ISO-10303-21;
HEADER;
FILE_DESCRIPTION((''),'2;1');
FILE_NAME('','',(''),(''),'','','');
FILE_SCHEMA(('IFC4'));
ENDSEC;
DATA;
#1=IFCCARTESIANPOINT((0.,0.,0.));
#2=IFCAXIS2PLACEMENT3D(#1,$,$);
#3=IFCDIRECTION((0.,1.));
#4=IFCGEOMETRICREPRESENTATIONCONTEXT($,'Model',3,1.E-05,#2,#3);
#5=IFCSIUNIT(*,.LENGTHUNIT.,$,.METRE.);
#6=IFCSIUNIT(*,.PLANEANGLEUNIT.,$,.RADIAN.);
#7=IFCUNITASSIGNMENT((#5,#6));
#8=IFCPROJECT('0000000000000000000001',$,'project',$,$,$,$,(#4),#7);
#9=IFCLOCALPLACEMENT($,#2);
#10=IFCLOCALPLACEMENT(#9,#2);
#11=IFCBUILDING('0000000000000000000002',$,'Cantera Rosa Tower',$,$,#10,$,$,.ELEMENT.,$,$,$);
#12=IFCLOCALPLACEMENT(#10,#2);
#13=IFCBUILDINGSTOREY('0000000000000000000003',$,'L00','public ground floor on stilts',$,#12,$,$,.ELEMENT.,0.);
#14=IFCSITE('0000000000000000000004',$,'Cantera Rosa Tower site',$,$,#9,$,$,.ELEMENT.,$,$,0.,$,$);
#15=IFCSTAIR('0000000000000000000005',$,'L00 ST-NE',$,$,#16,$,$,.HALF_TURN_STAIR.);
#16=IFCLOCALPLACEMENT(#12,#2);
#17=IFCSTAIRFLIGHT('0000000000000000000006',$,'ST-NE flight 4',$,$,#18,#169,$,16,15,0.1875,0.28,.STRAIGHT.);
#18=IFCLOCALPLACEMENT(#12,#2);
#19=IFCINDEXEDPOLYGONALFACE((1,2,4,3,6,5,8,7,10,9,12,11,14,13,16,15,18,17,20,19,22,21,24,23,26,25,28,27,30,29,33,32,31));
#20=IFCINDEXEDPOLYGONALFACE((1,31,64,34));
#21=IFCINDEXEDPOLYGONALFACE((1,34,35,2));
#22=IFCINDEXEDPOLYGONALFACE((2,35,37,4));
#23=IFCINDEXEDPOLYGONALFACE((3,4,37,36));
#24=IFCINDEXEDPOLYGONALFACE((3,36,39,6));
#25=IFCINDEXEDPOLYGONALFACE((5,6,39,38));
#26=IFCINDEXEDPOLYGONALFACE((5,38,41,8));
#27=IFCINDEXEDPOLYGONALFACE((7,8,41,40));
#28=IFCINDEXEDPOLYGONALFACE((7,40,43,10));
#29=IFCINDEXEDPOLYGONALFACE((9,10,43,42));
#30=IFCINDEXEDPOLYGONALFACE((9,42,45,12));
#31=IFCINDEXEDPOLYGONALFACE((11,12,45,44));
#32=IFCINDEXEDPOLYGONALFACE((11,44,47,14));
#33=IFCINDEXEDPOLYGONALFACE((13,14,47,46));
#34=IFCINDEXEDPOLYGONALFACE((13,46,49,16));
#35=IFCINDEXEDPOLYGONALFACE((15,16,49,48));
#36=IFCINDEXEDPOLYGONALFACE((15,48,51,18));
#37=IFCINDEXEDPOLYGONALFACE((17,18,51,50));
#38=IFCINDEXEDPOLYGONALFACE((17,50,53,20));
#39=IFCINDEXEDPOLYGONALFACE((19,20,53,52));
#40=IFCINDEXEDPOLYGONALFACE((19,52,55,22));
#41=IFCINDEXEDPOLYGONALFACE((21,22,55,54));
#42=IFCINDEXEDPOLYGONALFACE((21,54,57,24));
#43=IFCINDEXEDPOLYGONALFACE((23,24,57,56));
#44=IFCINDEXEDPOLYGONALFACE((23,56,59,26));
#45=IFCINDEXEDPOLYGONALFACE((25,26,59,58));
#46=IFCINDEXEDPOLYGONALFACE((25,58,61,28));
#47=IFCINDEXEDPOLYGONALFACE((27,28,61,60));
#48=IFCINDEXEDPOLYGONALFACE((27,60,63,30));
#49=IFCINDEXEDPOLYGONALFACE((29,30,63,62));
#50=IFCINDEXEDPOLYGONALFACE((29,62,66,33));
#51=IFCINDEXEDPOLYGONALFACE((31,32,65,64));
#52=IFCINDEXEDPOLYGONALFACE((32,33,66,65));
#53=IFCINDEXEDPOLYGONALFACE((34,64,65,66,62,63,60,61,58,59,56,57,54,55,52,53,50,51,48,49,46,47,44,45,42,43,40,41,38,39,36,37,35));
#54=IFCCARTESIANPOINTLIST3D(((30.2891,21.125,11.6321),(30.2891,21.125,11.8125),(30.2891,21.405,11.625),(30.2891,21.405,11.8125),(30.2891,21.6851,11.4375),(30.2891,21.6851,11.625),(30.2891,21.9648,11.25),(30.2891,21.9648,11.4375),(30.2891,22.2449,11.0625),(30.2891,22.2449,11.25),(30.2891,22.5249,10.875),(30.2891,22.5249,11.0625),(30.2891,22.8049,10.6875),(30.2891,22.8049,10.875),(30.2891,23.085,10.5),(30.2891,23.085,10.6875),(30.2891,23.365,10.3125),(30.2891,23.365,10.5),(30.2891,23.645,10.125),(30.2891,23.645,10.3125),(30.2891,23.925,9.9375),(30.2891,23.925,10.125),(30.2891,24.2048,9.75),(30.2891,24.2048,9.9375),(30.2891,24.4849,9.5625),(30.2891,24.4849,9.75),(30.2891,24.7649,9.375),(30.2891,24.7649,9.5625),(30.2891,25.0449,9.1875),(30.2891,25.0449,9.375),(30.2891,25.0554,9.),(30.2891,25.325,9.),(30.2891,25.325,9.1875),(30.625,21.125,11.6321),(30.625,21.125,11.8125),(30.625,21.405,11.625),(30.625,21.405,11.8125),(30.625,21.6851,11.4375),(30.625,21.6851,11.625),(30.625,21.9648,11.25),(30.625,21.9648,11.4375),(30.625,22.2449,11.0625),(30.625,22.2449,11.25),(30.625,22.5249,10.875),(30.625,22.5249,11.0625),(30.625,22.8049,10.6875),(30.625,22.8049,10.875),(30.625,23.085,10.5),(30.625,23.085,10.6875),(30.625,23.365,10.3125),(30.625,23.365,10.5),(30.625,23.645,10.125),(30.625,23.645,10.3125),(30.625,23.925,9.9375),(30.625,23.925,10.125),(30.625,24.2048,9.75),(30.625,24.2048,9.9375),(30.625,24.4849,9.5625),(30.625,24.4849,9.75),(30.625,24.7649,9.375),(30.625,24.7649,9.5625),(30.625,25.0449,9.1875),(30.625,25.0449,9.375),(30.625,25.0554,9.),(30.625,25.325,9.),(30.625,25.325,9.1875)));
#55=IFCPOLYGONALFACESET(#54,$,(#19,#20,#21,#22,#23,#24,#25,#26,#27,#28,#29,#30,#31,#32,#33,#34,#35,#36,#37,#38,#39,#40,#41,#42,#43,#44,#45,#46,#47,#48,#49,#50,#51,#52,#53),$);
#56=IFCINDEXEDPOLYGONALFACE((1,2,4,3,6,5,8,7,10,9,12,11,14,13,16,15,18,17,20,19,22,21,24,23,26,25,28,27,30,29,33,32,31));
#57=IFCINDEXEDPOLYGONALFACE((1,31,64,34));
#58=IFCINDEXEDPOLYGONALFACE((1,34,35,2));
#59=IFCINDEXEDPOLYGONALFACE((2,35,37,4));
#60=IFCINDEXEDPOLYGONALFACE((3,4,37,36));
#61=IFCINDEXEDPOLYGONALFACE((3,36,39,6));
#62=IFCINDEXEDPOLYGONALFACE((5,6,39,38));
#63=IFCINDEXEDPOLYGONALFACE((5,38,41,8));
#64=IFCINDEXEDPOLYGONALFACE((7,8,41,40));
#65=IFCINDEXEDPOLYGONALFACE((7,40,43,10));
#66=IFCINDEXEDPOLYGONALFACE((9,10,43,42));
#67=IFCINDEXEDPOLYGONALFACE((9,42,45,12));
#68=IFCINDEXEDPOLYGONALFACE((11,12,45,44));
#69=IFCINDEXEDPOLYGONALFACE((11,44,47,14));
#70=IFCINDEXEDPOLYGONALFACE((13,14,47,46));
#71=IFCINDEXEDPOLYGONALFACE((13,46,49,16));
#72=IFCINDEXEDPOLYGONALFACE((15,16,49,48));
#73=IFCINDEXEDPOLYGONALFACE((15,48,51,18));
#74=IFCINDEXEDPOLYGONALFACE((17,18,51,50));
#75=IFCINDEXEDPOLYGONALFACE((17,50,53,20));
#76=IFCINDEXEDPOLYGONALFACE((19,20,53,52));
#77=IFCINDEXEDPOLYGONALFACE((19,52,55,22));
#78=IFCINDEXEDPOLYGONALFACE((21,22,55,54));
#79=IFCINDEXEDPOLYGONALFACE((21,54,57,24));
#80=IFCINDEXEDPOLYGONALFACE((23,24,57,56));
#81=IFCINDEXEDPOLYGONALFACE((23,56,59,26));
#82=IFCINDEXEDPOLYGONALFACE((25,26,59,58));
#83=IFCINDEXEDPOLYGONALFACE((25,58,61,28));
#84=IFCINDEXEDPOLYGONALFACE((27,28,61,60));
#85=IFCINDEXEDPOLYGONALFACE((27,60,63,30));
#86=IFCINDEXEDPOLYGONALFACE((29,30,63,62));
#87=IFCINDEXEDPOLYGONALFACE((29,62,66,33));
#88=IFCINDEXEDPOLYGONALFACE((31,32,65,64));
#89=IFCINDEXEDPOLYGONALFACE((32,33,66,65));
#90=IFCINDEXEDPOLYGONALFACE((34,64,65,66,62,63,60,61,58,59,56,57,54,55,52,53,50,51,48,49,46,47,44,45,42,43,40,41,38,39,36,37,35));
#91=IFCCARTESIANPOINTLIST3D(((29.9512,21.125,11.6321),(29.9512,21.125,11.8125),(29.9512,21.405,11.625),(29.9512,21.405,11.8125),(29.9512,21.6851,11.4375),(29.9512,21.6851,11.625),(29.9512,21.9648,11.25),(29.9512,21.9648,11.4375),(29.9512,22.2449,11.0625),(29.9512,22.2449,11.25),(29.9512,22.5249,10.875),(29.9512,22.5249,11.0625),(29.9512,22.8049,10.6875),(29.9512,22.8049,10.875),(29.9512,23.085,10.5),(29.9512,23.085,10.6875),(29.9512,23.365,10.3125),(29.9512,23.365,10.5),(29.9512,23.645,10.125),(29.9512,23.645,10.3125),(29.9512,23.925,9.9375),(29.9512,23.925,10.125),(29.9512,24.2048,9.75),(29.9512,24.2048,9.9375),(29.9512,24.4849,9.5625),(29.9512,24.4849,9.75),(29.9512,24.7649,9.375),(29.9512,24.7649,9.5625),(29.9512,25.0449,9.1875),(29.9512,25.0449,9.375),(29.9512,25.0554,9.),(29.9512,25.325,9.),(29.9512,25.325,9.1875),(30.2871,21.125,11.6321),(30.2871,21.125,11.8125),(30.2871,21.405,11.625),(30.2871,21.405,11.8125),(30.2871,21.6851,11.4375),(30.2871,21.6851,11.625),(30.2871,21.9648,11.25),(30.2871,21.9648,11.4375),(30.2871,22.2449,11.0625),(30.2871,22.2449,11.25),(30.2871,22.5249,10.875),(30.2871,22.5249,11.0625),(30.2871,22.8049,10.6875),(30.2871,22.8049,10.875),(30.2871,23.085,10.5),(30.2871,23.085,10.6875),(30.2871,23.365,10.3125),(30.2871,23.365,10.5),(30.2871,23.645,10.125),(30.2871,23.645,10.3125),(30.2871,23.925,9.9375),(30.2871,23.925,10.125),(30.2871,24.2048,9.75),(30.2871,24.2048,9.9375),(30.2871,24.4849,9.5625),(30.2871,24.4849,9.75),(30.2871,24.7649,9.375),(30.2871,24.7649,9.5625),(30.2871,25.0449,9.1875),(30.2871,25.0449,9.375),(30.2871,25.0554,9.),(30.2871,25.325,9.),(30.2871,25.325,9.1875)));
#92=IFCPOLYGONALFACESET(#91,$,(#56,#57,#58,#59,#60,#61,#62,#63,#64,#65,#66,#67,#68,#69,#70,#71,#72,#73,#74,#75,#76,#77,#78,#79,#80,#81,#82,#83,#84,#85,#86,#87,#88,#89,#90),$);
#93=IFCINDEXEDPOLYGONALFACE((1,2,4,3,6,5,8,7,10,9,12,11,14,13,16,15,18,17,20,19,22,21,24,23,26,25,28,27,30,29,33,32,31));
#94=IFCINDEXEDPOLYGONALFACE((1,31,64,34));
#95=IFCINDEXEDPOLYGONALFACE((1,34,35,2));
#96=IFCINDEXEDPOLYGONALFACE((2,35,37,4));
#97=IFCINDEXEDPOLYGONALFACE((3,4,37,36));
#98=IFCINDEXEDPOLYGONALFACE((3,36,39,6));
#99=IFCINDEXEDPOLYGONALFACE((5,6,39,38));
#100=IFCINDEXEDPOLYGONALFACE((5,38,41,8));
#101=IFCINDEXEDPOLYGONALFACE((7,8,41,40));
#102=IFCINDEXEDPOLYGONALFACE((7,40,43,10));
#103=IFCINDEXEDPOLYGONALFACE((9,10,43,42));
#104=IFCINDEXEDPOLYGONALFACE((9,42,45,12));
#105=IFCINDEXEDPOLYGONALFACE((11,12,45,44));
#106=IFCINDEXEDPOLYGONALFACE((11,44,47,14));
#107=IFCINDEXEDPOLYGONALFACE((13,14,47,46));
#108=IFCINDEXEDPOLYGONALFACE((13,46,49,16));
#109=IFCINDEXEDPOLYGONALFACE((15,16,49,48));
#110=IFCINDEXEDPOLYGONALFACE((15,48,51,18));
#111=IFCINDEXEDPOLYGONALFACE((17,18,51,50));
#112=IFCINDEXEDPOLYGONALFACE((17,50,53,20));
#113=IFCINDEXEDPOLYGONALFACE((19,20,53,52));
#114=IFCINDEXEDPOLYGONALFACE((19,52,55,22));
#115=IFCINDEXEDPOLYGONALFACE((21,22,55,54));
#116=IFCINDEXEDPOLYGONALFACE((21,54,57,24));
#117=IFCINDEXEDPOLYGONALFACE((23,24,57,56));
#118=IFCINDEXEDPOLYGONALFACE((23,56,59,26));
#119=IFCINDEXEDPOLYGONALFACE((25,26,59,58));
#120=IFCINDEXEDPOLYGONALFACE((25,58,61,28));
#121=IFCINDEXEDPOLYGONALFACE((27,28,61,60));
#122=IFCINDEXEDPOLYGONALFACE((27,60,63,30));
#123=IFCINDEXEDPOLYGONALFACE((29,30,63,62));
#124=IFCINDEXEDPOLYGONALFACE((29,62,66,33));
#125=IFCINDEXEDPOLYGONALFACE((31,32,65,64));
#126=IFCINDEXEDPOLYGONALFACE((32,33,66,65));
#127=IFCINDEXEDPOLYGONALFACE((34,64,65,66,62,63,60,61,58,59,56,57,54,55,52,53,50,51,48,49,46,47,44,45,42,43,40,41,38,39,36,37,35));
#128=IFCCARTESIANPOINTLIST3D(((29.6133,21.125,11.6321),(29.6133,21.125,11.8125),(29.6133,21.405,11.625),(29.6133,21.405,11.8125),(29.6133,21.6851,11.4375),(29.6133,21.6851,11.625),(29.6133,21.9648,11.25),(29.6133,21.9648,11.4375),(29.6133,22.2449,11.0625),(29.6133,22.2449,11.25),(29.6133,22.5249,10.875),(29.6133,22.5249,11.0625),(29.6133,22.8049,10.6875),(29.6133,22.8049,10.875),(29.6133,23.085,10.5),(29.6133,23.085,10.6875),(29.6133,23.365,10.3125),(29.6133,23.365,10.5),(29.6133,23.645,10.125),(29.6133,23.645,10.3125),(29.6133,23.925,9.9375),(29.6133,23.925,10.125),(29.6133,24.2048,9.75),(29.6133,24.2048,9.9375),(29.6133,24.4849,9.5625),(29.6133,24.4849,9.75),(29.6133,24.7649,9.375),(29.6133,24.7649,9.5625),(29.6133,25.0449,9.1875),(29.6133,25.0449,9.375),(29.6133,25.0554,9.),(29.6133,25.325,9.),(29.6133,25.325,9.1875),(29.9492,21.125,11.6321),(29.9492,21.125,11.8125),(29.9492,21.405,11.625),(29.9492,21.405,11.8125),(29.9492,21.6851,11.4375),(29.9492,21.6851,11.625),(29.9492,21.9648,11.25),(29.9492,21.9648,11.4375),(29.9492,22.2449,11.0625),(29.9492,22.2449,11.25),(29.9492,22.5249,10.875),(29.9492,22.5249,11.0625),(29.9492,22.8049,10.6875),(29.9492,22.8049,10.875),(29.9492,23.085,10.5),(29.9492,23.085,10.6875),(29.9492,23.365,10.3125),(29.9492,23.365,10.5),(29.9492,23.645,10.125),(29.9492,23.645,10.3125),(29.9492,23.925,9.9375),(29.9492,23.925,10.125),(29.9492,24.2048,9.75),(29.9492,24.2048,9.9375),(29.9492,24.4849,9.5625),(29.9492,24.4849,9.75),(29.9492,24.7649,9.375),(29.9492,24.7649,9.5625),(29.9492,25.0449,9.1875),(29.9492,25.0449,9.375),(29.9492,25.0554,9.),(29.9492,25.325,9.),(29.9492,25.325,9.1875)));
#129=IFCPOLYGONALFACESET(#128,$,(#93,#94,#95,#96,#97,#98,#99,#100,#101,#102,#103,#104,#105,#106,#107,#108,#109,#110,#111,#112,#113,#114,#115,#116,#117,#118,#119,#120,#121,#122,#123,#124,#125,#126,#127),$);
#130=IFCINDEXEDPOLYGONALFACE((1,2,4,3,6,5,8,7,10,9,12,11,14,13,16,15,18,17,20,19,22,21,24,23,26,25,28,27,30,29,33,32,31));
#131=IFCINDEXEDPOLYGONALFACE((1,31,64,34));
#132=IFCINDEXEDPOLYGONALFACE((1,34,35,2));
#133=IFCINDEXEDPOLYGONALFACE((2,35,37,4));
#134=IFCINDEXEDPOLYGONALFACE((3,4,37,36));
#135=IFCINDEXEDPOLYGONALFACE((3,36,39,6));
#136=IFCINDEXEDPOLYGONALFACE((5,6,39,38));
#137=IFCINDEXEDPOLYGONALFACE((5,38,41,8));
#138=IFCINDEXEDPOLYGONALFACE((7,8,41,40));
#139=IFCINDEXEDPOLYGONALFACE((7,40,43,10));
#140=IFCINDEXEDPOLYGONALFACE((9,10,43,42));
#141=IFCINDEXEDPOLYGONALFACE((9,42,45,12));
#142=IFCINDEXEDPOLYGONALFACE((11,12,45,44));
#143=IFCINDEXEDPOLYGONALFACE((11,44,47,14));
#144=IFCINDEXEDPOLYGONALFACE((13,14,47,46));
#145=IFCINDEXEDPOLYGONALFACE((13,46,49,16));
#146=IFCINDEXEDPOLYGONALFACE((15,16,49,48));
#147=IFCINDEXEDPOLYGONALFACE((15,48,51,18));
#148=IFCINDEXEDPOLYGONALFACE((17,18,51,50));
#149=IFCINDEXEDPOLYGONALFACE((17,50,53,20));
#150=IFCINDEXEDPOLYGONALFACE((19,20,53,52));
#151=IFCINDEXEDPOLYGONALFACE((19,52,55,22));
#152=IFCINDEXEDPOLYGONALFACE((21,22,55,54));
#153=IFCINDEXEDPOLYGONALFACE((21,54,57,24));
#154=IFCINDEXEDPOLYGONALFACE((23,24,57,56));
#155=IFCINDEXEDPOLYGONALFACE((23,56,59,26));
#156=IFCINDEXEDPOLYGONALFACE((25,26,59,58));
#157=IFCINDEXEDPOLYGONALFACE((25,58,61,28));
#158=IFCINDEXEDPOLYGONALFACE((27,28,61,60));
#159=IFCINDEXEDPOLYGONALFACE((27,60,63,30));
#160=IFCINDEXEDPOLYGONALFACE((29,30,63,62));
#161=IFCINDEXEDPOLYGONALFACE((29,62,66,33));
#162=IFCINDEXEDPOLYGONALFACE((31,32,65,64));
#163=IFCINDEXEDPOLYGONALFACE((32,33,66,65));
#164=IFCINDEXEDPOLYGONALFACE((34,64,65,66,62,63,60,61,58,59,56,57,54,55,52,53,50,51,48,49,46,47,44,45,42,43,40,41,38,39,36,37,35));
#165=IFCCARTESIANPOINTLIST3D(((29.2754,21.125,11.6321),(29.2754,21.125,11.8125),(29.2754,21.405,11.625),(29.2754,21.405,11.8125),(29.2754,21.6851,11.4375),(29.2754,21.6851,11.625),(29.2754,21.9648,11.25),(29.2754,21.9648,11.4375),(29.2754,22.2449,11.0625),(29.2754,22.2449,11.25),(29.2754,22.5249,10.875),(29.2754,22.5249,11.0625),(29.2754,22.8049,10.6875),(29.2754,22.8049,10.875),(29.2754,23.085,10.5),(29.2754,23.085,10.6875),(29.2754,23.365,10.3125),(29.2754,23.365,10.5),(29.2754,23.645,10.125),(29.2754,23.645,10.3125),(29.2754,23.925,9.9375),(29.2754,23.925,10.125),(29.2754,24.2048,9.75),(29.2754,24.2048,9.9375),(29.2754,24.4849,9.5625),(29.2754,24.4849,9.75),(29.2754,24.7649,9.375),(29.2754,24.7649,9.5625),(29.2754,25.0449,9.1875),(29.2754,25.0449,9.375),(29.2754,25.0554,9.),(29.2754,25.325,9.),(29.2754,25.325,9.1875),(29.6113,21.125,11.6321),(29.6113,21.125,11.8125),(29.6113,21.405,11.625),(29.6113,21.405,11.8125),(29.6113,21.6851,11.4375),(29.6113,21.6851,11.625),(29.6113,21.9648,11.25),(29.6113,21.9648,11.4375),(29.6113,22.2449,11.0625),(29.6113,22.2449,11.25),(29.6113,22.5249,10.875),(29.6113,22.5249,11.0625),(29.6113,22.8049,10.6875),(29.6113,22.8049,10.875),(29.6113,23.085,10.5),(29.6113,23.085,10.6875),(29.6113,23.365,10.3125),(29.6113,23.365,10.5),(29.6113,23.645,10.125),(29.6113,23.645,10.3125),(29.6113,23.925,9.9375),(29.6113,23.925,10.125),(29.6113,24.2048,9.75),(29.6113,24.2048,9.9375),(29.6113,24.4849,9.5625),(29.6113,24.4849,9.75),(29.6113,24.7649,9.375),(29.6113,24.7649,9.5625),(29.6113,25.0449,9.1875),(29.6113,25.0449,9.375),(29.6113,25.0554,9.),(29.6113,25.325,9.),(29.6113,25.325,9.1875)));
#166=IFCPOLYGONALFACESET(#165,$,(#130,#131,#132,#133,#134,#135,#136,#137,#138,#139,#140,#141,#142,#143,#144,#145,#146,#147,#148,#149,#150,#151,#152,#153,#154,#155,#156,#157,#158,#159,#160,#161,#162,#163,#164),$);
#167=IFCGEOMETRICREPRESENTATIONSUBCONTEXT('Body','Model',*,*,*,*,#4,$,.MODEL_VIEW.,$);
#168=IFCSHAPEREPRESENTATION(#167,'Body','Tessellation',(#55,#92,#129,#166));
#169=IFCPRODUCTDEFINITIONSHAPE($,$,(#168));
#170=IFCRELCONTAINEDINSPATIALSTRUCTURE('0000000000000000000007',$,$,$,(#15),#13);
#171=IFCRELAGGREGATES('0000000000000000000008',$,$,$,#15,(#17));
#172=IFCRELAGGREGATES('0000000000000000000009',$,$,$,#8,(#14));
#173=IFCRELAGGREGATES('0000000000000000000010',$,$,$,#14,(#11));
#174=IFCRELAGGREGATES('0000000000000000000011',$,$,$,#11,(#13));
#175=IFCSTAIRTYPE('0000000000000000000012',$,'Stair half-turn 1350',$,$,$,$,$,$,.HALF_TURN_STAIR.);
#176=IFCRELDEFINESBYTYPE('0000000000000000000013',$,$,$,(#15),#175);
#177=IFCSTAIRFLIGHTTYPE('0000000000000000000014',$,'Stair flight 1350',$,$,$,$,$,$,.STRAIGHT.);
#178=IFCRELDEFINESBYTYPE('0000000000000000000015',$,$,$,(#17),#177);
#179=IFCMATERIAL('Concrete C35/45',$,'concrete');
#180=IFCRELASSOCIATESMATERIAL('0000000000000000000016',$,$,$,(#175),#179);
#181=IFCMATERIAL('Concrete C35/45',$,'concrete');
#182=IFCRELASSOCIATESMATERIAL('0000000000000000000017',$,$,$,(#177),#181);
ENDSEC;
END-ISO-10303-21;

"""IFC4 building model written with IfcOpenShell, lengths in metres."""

from ifc_helpers import new_model, si_unit, direction, frame, origin, place, context, subcontext, project, spatial, polyline, outline, extrude, material, type_object, element, aggregate, save


model = new_model("IFC4")

# Units and contexts
model_context = context("Model", 3, precision=1e-05, world=origin(), true_north=direction((0.0, 1.0)))
body_context = subcontext(model_context, "Body", "Model", "MODEL_VIEW")
ifc_project = project(units=[si_unit("LENGTHUNIT", "METRE"), si_unit("PLANEANGLEUNIT", "RADIAN")], contexts=[model_context])

# Site, building, storey
site_placement = place(None, origin())
site = spatial("IfcSite", under=ifc_project, at=site_placement, Name="Cantera Rosa Tower site", CompositionType="ELEMENT", RefElevation=0.0)
building_placement = place(site_placement, origin())
building = spatial("IfcBuilding", under=site, at=building_placement, Name="Cantera Rosa Tower", CompositionType="ELEMENT")
storey_placement = place(building_placement, origin())
storey = spatial("IfcBuildingStorey", under=building, at=storey_placement, Name="L00", Description="public ground floor on stilts", CompositionType="ELEMENT", Elevation=0.0)

# Stair, stair flight
ifc_material_1 = material(Name="Concrete C35/45", Category="concrete")
stair_type = type_object("IfcStairType", Name="Stair half-turn 1350", PredefinedType="HALF_TURN_STAIR", material=ifc_material_1)
stair_placement = place(storey_placement, origin())
stair = element("IfcStair", 1, at=stair_placement, inside=storey, type_object=stair_type, Name="L00 ST-NE", PredefinedType="HALF_TURN_STAIR")
ifc_material_2 = material(Name="Concrete C35/45", Category="concrete")
stair_flight_type = type_object("IfcStairFlightType", Name="Stair flight 1350", PredefinedType="STRAIGHT", material=ifc_material_2)
stair_flight_1_placement = place(storey_placement, frame((29.95, 25.325, 9.0), z_axis=(0.0, 0.0, 1.0), x_axis=(0.0, -1.0, 0.0)))
stair_flight_1 = element("IfcStairFlight", 2, at=stair_flight_1_placement, type_object=stair_flight_type, Name="ST-NE flight 4", NumberOfRisers=16, NumberOfTreads=15, PredefinedType="STRAIGHT", RiserHeight=0.1875, TreadLength=0.28, context=body_context, shape_type="SweptSolid", body=[
    extrude(outline(polyline([(0.0, 0.0), (0.0, 0.1875), (0.28, 0.1875), (0.28, 0.375), (0.5601, 0.375), (0.5601, 0.5625), (0.8401, 0.5625), (0.8401, 0.75), (1.1201, 0.75), (1.1201, 0.9375), (1.3999, 0.9375), (1.3999, 1.125), (1.6799, 1.125), (1.6799, 1.3125), (1.96, 1.3125), (1.96, 1.5), (2.24, 1.5), (2.24, 1.6875), (2.52, 1.6875), (2.52, 1.875), (2.8, 1.875), (2.8, 2.0625), (3.0801, 2.0625), (3.0801, 2.25), (3.3601, 2.25), (3.3601, 2.4375), (3.6399, 2.4375), (3.6399, 2.625), (3.9199, 2.625), (3.9199, 2.8125), (4.2, 2.8125), (4.2, 3.0), (4.2, 2.6321), (0.2695, 0.0), (0.0, 0.0)])), frame((0.0, 0.675, 0.0), z_axis=(0.0, -1.0, 0.0), x_axis=(1.0, 0.0, 0.0)), (0.0, 0.0, 1.0), 0.3359),
    extrude(outline(polyline([(0.0, 0.0), (0.0, 0.1875), (0.28, 0.1875), (0.28, 0.375), (0.5601, 0.375), (0.5601, 0.5625), (0.8401, 0.5625), (0.8401, 0.75), (1.1201, 0.75), (1.1201, 0.9375), (1.3999, 0.9375), (1.3999, 1.125), (1.6799, 1.125), (1.6799, 1.3125), (1.96, 1.3125), (1.96, 1.5), (2.24, 1.5), (2.24, 1.6875), (2.52, 1.6875), (2.52, 1.875), (2.8, 1.875), (2.8, 2.0625), (3.0801, 2.0625), (3.0801, 2.25), (3.3601, 2.25), (3.3601, 2.4375), (3.6399, 2.4375), (3.6399, 2.625), (3.9199, 2.625), (3.9199, 2.8125), (4.2, 2.8125), (4.2, 3.0), (4.2, 2.6321), (0.2695, 0.0), (0.0, 0.0)])), frame((0.0, 0.3372, 0.0), z_axis=(0.0, -1.0, 0.0), x_axis=(1.0, 0.0, 0.0)), (0.0, 0.0, 1.0), 0.3359),
    extrude(outline(polyline([(0.0, 0.0), (0.0, 0.1875), (0.28, 0.1875), (0.28, 0.375), (0.5601, 0.375), (0.5601, 0.5625), (0.8401, 0.5625), (0.8401, 0.75), (1.1201, 0.75), (1.1201, 0.9375), (1.3999, 0.9375), (1.3999, 1.125), (1.6799, 1.125), (1.6799, 1.3125), (1.96, 1.3125), (1.96, 1.5), (2.24, 1.5), (2.24, 1.6875), (2.52, 1.6875), (2.52, 1.875), (2.8, 1.875), (2.8, 2.0625), (3.0801, 2.0625), (3.0801, 2.25), (3.3601, 2.25), (3.3601, 2.4375), (3.6399, 2.4375), (3.6399, 2.625), (3.9199, 2.625), (3.9199, 2.8125), (4.2, 2.8125), (4.2, 3.0), (4.2, 2.6321), (0.2695, 0.0), (0.0, 0.0)])), frame((0.0, -0.0007, 0.0), z_axis=(0.0, -1.0, 0.0), x_axis=(1.0, 0.0, 0.0)), (0.0, 0.0, 1.0), 0.3359),
    extrude(outline(polyline([(0.0, 0.0), (0.0, 0.1875), (0.28, 0.1875), (0.28, 0.375), (0.5601, 0.375), (0.5601, 0.5625), (0.8401, 0.5625), (0.8401, 0.75), (1.1201, 0.75), (1.1201, 0.9375), (1.3999, 0.9375), (1.3999, 1.125), (1.6799, 1.125), (1.6799, 1.3125), (1.96, 1.3125), (1.96, 1.5), (2.24, 1.5), (2.24, 1.6875), (2.52, 1.6875), (2.52, 1.875), (2.8, 1.875), (2.8, 2.0625), (3.0801, 2.0625), (3.0801, 2.25), (3.3601, 2.25), (3.3601, 2.4375), (3.6399, 2.4375), (3.6399, 2.625), (3.9199, 2.625), (3.9199, 2.8125), (4.2, 2.8125), (4.2, 3.0), (4.2, 2.6321), (0.2695, 0.0), (0.0, 0.0)])), frame((0.0, -0.3386, 0.0), z_axis=(0.0, -1.0, 0.0), x_axis=(1.0, 0.0, 0.0)), (0.0, 0.0, 1.0), 0.3359),
])
aggregate(stair, [stair_flight_1])

save(model, "model.ifc")
